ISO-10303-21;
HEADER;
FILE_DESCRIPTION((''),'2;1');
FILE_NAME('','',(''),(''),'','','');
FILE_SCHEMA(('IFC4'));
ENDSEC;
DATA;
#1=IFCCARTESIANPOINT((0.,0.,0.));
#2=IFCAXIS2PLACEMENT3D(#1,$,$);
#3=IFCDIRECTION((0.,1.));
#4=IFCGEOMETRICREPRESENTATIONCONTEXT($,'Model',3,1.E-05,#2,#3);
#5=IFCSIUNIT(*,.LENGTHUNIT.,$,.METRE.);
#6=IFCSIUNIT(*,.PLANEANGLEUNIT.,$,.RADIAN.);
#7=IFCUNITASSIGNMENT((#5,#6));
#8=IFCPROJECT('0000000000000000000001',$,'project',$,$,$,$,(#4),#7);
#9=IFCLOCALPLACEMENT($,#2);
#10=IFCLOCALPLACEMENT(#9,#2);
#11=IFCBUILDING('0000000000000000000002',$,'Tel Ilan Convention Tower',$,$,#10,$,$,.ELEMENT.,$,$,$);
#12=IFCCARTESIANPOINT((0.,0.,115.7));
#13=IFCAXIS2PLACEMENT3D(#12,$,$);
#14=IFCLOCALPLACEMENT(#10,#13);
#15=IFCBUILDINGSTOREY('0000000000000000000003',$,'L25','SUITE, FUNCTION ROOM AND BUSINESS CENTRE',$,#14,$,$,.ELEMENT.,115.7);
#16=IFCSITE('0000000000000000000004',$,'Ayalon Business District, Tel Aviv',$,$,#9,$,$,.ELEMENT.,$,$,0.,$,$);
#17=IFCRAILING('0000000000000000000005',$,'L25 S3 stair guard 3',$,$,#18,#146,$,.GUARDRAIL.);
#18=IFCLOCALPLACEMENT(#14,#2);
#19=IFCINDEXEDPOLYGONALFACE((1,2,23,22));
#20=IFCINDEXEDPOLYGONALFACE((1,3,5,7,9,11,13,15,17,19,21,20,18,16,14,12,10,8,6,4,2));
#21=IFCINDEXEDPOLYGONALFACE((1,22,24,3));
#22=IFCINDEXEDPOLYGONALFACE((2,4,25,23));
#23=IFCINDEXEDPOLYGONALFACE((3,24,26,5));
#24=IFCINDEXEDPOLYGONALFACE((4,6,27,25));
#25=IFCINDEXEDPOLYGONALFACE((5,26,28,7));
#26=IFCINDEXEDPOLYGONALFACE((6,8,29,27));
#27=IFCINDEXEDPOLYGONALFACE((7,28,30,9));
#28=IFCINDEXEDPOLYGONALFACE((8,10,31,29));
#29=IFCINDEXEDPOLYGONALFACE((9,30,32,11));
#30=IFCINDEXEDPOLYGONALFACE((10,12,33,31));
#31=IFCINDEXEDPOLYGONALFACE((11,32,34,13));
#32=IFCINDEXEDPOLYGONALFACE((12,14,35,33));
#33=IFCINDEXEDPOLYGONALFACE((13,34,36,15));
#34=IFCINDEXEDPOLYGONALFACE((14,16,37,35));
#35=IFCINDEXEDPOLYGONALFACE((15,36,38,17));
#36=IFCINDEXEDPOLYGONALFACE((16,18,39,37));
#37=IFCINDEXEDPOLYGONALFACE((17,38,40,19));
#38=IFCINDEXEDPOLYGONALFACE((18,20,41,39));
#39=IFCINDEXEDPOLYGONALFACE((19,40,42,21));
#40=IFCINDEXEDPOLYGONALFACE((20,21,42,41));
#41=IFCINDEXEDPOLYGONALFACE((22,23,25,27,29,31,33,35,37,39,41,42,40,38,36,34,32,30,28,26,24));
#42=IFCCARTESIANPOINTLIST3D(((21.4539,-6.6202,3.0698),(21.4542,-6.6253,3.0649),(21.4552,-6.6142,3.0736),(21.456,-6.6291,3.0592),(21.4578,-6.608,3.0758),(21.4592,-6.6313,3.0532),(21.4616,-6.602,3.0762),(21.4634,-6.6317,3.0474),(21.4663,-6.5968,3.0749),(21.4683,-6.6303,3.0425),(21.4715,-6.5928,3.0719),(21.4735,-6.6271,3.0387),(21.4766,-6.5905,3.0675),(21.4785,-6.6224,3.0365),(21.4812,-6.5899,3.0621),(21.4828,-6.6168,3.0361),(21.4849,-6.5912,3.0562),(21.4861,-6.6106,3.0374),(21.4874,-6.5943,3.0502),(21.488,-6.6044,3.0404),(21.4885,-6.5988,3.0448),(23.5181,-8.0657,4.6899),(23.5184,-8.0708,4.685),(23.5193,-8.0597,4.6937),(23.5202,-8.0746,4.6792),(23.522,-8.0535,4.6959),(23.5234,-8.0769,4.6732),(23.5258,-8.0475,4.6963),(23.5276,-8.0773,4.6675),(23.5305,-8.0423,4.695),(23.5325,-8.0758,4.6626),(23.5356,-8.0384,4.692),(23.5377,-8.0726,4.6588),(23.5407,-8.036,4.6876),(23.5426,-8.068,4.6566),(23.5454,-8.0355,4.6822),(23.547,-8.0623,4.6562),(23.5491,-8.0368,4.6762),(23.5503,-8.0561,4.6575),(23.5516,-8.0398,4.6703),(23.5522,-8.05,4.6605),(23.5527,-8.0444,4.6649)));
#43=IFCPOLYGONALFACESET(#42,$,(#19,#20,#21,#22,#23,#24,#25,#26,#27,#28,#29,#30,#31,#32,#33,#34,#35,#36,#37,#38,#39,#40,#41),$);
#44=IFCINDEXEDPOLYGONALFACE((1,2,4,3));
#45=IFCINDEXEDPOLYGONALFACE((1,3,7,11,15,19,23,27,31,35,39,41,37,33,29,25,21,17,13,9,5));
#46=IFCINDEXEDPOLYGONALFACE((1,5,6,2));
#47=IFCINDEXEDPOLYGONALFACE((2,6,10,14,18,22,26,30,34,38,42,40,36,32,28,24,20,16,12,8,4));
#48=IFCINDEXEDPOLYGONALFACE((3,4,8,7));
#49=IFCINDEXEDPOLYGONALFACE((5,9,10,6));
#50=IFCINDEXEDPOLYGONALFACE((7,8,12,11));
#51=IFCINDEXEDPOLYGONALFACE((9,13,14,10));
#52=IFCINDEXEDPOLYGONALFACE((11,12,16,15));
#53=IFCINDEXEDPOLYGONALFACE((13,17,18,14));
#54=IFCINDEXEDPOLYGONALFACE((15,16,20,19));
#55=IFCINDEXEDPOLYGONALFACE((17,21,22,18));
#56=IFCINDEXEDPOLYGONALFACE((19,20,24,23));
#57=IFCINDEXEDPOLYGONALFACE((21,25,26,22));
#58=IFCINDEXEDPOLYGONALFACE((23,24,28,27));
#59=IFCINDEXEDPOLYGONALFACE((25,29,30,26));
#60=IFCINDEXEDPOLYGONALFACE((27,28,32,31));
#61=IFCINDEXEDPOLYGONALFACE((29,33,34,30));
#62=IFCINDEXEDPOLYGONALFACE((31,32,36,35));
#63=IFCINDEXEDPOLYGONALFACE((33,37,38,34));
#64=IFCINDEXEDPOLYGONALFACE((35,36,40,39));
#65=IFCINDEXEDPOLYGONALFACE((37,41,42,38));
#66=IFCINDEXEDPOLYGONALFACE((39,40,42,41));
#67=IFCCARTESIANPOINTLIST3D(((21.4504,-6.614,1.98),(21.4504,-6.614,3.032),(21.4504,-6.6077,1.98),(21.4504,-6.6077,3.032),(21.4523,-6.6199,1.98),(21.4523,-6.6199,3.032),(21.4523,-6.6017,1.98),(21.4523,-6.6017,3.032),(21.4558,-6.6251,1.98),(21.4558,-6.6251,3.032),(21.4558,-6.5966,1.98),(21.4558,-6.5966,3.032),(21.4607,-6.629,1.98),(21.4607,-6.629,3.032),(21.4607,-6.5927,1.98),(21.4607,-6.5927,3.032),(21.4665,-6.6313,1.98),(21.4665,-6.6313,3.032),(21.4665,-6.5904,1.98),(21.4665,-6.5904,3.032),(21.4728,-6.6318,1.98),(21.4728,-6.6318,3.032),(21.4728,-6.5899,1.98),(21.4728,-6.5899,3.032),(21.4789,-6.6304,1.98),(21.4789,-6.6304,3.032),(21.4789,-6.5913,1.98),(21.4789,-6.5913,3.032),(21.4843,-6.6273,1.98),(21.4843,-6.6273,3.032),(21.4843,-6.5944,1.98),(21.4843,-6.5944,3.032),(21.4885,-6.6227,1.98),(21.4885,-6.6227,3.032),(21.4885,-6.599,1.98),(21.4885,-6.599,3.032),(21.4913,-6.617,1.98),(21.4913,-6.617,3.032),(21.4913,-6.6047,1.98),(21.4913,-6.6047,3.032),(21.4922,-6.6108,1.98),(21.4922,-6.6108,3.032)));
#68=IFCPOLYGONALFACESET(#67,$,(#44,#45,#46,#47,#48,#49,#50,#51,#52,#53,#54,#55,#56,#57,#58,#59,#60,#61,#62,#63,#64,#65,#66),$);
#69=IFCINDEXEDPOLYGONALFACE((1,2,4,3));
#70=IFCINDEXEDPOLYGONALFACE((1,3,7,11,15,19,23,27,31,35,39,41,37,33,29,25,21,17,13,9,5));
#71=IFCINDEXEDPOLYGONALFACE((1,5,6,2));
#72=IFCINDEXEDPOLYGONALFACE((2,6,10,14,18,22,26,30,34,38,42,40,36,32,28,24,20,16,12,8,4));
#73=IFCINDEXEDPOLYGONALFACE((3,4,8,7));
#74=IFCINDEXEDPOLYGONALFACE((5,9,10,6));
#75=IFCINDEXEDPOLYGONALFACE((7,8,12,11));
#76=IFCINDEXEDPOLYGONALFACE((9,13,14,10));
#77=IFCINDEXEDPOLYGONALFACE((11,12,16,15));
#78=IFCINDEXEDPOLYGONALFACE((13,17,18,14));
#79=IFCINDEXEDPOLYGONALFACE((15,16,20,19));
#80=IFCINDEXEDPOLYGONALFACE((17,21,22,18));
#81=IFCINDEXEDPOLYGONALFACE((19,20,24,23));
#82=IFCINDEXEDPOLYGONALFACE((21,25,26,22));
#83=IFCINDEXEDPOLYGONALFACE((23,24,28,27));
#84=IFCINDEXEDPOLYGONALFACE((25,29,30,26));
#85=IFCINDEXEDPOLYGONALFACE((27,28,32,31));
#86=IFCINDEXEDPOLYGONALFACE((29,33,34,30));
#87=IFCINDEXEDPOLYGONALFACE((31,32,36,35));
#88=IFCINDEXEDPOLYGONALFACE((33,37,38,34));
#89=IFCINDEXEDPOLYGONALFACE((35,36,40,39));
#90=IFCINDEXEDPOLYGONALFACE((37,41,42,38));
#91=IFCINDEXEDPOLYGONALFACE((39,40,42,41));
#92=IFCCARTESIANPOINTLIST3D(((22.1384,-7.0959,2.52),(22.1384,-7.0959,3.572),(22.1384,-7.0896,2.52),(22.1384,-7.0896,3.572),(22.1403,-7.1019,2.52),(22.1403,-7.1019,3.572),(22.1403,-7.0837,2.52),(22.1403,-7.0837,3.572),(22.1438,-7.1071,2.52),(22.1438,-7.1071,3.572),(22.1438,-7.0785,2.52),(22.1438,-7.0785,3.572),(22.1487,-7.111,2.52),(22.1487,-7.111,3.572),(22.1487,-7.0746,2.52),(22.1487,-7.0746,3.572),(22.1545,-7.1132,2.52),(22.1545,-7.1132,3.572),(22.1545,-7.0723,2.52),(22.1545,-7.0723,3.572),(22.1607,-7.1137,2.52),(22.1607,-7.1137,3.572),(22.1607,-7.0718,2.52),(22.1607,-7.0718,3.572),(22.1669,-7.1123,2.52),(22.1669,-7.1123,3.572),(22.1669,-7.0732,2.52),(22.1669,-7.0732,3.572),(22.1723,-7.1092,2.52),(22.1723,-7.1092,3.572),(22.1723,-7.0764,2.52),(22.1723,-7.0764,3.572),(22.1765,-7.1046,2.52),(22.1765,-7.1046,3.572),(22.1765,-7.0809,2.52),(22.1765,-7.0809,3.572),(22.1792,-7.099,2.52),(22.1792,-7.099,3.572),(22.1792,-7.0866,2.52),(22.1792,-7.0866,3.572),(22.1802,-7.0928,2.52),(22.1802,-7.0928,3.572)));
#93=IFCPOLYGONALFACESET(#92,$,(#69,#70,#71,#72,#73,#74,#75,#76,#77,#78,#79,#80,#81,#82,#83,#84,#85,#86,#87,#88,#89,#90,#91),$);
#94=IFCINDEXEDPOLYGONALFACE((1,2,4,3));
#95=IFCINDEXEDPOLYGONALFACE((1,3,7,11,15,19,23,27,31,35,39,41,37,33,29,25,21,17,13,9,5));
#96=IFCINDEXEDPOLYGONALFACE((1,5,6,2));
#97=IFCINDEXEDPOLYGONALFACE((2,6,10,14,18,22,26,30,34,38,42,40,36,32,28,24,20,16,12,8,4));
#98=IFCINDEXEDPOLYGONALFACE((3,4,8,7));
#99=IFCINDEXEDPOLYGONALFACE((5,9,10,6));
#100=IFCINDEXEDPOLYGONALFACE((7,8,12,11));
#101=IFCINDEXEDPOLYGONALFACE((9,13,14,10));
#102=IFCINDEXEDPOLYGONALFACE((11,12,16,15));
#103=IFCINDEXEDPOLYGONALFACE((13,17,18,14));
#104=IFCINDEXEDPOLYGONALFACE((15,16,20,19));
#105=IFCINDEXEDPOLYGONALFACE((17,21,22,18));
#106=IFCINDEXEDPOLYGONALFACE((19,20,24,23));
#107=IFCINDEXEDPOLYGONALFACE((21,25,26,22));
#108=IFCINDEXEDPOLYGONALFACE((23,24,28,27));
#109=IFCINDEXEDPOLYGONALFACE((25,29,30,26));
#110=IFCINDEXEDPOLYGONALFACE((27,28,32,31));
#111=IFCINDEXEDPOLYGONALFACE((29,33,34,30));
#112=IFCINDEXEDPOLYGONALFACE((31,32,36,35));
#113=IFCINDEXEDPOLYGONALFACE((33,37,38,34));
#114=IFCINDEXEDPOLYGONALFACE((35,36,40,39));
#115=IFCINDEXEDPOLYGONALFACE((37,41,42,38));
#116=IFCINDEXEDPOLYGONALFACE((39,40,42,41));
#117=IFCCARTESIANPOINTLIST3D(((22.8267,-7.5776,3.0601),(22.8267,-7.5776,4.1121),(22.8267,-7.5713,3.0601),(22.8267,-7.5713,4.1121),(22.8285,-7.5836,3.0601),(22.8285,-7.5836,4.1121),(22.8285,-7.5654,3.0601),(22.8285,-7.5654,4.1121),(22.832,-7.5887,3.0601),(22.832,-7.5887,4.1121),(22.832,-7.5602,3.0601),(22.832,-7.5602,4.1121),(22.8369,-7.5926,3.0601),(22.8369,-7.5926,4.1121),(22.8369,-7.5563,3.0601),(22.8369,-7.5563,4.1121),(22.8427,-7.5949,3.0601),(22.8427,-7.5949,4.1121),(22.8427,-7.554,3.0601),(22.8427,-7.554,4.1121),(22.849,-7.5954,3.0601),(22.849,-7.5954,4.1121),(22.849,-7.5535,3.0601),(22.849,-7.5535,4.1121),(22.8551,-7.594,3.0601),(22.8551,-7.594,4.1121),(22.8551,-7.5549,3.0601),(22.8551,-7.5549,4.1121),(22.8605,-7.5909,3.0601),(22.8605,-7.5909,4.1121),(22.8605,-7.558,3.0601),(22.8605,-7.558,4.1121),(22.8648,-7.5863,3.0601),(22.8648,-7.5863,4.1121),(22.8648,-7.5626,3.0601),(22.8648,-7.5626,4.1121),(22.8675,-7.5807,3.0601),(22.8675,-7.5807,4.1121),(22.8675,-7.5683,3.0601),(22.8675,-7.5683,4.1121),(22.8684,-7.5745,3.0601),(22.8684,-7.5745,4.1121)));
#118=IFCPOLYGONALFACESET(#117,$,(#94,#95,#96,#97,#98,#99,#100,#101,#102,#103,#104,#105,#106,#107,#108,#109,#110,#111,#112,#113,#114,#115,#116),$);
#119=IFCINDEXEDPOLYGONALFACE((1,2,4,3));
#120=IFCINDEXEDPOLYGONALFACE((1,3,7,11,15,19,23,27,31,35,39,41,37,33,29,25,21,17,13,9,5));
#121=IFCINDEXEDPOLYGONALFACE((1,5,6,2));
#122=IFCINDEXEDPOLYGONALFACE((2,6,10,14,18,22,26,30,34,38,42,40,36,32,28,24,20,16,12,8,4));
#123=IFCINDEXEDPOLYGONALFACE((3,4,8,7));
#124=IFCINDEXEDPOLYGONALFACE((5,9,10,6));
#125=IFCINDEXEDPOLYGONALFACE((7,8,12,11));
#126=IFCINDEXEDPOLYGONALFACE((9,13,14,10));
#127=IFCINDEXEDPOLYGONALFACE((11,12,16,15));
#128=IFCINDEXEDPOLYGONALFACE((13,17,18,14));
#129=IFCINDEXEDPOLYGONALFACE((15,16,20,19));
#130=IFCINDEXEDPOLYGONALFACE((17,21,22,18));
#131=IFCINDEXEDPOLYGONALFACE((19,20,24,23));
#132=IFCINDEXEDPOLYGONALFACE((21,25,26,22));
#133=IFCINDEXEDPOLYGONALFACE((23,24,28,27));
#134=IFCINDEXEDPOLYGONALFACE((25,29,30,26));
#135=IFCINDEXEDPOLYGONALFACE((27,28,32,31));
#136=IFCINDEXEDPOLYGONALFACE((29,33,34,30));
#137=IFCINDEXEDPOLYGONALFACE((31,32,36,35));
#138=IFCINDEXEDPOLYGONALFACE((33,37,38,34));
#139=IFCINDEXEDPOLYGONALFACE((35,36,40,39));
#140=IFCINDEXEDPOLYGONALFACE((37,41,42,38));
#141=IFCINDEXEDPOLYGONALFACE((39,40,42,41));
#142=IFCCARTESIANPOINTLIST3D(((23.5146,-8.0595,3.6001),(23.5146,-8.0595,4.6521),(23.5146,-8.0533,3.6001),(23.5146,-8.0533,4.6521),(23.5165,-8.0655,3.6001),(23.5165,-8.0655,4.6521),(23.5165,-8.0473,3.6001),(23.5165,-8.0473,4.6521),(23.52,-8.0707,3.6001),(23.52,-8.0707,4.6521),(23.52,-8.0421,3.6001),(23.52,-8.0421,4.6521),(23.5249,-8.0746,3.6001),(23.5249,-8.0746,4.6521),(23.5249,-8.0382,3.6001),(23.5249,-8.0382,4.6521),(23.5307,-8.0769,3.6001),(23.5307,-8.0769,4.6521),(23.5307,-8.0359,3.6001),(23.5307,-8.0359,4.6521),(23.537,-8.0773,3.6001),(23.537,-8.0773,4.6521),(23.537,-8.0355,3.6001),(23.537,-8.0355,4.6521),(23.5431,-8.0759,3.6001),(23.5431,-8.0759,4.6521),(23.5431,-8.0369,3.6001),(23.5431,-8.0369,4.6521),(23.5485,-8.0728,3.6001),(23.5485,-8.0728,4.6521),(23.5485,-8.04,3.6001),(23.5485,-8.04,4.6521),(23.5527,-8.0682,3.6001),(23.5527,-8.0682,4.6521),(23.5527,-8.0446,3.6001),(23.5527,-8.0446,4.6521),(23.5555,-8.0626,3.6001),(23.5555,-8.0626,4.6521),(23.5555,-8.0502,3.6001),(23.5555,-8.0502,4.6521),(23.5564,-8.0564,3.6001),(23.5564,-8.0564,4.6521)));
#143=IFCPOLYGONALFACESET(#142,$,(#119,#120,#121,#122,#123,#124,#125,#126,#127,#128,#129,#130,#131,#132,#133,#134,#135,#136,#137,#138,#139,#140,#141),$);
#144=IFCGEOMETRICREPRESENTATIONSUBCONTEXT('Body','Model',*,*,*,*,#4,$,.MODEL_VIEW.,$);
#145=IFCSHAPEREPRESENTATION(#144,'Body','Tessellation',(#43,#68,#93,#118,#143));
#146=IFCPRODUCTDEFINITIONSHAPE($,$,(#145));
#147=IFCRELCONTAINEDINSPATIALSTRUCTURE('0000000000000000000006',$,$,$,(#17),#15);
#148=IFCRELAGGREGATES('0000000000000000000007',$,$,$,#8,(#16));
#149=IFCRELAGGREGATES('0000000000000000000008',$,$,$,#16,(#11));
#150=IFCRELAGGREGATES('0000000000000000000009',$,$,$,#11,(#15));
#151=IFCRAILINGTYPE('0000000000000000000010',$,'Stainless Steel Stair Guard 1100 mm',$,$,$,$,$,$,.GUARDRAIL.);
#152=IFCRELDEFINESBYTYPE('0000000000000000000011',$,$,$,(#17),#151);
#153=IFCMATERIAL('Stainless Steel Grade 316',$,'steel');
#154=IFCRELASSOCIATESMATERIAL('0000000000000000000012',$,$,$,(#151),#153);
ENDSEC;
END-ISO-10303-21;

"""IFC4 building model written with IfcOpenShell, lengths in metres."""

from ifc_helpers import new_model, si_unit, direction, frame, origin, origin_2d, place, context, subcontext, project, spatial, circle, extrude, material, type_object, element, save


model = new_model("IFC4")

# Units and contexts
model_context = context("Model", 3, precision=1e-05, world=origin(), true_north=direction((0.0, 1.0)))
body_context = subcontext(model_context, "Body", "Model", "MODEL_VIEW")
ifc_project = project(units=[si_unit("LENGTHUNIT", "METRE"), si_unit("PLANEANGLEUNIT", "RADIAN")], contexts=[model_context])

# Site, building, storey
site_placement = place(None, origin())
site = spatial("IfcSite", under=ifc_project, at=site_placement, Name="Ayalon Business District, Tel Aviv", CompositionType="ELEMENT", RefElevation=0.0)
building_placement = place(site_placement, origin())
building = spatial("IfcBuilding", under=site, at=building_placement, Name="Tel Ilan Convention Tower", CompositionType="ELEMENT")
storey_placement = place(building_placement, frame((0.0, 0.0, 115.7)))
storey = spatial("IfcBuildingStorey", under=building, at=storey_placement, Name="L25", Description="SUITE, FUNCTION ROOM AND BUSINESS CENTRE", CompositionType="ELEMENT", Elevation=115.7)

# Railing
ifc_material_1 = material(Name="Stainless Steel Grade 316", Category="steel")
railing_type_1 = type_object("IfcRailingType", Name="Stainless Steel Stair Guard 1100 mm", PredefinedType="GUARDRAIL", material=ifc_material_1)
railing_1_placement = place(storey_placement, frame((21.4712, -6.6108, 1.98)))
element("IfcRailing", 1, at=railing_1_placement, inside=storey, type_object=railing_type_1, Name="L25 S3 stair guard 3", PredefinedType="GUARDRAIL", context=body_context, shape_type="SweptSolid", body=[
    extrude(circle(Radius=0.0239, at=origin_2d()), frame((0.0, 0.0, 1.0762), z_axis=(0.689013, -0.482513, 0.540779), x_axis=(0.573625, 0.819118, 0.0)), (0.0, 0.0, 1.0), 2.9958),
    extrude(circle(Radius=0.021, at=origin_2d()), origin(), (0.0, 0.0, 1.0), 1.052),
    extrude(circle(Radius=0.021, at=origin_2d()), frame((0.688, -0.4819, 0.54)), (0.0, 0.0, 1.0), 1.052),
    extrude(circle(Radius=0.021, at=origin_2d()), frame((1.3762, -0.9636, 1.0801)), (0.0, 0.0, 1.0), 1.052),
    extrude(circle(Radius=0.021, at=origin_2d()), frame((2.0642, -1.4456, 1.6201)), (0.0, 0.0, 1.0), 1.052),
])

save(model, "model.ifc")
